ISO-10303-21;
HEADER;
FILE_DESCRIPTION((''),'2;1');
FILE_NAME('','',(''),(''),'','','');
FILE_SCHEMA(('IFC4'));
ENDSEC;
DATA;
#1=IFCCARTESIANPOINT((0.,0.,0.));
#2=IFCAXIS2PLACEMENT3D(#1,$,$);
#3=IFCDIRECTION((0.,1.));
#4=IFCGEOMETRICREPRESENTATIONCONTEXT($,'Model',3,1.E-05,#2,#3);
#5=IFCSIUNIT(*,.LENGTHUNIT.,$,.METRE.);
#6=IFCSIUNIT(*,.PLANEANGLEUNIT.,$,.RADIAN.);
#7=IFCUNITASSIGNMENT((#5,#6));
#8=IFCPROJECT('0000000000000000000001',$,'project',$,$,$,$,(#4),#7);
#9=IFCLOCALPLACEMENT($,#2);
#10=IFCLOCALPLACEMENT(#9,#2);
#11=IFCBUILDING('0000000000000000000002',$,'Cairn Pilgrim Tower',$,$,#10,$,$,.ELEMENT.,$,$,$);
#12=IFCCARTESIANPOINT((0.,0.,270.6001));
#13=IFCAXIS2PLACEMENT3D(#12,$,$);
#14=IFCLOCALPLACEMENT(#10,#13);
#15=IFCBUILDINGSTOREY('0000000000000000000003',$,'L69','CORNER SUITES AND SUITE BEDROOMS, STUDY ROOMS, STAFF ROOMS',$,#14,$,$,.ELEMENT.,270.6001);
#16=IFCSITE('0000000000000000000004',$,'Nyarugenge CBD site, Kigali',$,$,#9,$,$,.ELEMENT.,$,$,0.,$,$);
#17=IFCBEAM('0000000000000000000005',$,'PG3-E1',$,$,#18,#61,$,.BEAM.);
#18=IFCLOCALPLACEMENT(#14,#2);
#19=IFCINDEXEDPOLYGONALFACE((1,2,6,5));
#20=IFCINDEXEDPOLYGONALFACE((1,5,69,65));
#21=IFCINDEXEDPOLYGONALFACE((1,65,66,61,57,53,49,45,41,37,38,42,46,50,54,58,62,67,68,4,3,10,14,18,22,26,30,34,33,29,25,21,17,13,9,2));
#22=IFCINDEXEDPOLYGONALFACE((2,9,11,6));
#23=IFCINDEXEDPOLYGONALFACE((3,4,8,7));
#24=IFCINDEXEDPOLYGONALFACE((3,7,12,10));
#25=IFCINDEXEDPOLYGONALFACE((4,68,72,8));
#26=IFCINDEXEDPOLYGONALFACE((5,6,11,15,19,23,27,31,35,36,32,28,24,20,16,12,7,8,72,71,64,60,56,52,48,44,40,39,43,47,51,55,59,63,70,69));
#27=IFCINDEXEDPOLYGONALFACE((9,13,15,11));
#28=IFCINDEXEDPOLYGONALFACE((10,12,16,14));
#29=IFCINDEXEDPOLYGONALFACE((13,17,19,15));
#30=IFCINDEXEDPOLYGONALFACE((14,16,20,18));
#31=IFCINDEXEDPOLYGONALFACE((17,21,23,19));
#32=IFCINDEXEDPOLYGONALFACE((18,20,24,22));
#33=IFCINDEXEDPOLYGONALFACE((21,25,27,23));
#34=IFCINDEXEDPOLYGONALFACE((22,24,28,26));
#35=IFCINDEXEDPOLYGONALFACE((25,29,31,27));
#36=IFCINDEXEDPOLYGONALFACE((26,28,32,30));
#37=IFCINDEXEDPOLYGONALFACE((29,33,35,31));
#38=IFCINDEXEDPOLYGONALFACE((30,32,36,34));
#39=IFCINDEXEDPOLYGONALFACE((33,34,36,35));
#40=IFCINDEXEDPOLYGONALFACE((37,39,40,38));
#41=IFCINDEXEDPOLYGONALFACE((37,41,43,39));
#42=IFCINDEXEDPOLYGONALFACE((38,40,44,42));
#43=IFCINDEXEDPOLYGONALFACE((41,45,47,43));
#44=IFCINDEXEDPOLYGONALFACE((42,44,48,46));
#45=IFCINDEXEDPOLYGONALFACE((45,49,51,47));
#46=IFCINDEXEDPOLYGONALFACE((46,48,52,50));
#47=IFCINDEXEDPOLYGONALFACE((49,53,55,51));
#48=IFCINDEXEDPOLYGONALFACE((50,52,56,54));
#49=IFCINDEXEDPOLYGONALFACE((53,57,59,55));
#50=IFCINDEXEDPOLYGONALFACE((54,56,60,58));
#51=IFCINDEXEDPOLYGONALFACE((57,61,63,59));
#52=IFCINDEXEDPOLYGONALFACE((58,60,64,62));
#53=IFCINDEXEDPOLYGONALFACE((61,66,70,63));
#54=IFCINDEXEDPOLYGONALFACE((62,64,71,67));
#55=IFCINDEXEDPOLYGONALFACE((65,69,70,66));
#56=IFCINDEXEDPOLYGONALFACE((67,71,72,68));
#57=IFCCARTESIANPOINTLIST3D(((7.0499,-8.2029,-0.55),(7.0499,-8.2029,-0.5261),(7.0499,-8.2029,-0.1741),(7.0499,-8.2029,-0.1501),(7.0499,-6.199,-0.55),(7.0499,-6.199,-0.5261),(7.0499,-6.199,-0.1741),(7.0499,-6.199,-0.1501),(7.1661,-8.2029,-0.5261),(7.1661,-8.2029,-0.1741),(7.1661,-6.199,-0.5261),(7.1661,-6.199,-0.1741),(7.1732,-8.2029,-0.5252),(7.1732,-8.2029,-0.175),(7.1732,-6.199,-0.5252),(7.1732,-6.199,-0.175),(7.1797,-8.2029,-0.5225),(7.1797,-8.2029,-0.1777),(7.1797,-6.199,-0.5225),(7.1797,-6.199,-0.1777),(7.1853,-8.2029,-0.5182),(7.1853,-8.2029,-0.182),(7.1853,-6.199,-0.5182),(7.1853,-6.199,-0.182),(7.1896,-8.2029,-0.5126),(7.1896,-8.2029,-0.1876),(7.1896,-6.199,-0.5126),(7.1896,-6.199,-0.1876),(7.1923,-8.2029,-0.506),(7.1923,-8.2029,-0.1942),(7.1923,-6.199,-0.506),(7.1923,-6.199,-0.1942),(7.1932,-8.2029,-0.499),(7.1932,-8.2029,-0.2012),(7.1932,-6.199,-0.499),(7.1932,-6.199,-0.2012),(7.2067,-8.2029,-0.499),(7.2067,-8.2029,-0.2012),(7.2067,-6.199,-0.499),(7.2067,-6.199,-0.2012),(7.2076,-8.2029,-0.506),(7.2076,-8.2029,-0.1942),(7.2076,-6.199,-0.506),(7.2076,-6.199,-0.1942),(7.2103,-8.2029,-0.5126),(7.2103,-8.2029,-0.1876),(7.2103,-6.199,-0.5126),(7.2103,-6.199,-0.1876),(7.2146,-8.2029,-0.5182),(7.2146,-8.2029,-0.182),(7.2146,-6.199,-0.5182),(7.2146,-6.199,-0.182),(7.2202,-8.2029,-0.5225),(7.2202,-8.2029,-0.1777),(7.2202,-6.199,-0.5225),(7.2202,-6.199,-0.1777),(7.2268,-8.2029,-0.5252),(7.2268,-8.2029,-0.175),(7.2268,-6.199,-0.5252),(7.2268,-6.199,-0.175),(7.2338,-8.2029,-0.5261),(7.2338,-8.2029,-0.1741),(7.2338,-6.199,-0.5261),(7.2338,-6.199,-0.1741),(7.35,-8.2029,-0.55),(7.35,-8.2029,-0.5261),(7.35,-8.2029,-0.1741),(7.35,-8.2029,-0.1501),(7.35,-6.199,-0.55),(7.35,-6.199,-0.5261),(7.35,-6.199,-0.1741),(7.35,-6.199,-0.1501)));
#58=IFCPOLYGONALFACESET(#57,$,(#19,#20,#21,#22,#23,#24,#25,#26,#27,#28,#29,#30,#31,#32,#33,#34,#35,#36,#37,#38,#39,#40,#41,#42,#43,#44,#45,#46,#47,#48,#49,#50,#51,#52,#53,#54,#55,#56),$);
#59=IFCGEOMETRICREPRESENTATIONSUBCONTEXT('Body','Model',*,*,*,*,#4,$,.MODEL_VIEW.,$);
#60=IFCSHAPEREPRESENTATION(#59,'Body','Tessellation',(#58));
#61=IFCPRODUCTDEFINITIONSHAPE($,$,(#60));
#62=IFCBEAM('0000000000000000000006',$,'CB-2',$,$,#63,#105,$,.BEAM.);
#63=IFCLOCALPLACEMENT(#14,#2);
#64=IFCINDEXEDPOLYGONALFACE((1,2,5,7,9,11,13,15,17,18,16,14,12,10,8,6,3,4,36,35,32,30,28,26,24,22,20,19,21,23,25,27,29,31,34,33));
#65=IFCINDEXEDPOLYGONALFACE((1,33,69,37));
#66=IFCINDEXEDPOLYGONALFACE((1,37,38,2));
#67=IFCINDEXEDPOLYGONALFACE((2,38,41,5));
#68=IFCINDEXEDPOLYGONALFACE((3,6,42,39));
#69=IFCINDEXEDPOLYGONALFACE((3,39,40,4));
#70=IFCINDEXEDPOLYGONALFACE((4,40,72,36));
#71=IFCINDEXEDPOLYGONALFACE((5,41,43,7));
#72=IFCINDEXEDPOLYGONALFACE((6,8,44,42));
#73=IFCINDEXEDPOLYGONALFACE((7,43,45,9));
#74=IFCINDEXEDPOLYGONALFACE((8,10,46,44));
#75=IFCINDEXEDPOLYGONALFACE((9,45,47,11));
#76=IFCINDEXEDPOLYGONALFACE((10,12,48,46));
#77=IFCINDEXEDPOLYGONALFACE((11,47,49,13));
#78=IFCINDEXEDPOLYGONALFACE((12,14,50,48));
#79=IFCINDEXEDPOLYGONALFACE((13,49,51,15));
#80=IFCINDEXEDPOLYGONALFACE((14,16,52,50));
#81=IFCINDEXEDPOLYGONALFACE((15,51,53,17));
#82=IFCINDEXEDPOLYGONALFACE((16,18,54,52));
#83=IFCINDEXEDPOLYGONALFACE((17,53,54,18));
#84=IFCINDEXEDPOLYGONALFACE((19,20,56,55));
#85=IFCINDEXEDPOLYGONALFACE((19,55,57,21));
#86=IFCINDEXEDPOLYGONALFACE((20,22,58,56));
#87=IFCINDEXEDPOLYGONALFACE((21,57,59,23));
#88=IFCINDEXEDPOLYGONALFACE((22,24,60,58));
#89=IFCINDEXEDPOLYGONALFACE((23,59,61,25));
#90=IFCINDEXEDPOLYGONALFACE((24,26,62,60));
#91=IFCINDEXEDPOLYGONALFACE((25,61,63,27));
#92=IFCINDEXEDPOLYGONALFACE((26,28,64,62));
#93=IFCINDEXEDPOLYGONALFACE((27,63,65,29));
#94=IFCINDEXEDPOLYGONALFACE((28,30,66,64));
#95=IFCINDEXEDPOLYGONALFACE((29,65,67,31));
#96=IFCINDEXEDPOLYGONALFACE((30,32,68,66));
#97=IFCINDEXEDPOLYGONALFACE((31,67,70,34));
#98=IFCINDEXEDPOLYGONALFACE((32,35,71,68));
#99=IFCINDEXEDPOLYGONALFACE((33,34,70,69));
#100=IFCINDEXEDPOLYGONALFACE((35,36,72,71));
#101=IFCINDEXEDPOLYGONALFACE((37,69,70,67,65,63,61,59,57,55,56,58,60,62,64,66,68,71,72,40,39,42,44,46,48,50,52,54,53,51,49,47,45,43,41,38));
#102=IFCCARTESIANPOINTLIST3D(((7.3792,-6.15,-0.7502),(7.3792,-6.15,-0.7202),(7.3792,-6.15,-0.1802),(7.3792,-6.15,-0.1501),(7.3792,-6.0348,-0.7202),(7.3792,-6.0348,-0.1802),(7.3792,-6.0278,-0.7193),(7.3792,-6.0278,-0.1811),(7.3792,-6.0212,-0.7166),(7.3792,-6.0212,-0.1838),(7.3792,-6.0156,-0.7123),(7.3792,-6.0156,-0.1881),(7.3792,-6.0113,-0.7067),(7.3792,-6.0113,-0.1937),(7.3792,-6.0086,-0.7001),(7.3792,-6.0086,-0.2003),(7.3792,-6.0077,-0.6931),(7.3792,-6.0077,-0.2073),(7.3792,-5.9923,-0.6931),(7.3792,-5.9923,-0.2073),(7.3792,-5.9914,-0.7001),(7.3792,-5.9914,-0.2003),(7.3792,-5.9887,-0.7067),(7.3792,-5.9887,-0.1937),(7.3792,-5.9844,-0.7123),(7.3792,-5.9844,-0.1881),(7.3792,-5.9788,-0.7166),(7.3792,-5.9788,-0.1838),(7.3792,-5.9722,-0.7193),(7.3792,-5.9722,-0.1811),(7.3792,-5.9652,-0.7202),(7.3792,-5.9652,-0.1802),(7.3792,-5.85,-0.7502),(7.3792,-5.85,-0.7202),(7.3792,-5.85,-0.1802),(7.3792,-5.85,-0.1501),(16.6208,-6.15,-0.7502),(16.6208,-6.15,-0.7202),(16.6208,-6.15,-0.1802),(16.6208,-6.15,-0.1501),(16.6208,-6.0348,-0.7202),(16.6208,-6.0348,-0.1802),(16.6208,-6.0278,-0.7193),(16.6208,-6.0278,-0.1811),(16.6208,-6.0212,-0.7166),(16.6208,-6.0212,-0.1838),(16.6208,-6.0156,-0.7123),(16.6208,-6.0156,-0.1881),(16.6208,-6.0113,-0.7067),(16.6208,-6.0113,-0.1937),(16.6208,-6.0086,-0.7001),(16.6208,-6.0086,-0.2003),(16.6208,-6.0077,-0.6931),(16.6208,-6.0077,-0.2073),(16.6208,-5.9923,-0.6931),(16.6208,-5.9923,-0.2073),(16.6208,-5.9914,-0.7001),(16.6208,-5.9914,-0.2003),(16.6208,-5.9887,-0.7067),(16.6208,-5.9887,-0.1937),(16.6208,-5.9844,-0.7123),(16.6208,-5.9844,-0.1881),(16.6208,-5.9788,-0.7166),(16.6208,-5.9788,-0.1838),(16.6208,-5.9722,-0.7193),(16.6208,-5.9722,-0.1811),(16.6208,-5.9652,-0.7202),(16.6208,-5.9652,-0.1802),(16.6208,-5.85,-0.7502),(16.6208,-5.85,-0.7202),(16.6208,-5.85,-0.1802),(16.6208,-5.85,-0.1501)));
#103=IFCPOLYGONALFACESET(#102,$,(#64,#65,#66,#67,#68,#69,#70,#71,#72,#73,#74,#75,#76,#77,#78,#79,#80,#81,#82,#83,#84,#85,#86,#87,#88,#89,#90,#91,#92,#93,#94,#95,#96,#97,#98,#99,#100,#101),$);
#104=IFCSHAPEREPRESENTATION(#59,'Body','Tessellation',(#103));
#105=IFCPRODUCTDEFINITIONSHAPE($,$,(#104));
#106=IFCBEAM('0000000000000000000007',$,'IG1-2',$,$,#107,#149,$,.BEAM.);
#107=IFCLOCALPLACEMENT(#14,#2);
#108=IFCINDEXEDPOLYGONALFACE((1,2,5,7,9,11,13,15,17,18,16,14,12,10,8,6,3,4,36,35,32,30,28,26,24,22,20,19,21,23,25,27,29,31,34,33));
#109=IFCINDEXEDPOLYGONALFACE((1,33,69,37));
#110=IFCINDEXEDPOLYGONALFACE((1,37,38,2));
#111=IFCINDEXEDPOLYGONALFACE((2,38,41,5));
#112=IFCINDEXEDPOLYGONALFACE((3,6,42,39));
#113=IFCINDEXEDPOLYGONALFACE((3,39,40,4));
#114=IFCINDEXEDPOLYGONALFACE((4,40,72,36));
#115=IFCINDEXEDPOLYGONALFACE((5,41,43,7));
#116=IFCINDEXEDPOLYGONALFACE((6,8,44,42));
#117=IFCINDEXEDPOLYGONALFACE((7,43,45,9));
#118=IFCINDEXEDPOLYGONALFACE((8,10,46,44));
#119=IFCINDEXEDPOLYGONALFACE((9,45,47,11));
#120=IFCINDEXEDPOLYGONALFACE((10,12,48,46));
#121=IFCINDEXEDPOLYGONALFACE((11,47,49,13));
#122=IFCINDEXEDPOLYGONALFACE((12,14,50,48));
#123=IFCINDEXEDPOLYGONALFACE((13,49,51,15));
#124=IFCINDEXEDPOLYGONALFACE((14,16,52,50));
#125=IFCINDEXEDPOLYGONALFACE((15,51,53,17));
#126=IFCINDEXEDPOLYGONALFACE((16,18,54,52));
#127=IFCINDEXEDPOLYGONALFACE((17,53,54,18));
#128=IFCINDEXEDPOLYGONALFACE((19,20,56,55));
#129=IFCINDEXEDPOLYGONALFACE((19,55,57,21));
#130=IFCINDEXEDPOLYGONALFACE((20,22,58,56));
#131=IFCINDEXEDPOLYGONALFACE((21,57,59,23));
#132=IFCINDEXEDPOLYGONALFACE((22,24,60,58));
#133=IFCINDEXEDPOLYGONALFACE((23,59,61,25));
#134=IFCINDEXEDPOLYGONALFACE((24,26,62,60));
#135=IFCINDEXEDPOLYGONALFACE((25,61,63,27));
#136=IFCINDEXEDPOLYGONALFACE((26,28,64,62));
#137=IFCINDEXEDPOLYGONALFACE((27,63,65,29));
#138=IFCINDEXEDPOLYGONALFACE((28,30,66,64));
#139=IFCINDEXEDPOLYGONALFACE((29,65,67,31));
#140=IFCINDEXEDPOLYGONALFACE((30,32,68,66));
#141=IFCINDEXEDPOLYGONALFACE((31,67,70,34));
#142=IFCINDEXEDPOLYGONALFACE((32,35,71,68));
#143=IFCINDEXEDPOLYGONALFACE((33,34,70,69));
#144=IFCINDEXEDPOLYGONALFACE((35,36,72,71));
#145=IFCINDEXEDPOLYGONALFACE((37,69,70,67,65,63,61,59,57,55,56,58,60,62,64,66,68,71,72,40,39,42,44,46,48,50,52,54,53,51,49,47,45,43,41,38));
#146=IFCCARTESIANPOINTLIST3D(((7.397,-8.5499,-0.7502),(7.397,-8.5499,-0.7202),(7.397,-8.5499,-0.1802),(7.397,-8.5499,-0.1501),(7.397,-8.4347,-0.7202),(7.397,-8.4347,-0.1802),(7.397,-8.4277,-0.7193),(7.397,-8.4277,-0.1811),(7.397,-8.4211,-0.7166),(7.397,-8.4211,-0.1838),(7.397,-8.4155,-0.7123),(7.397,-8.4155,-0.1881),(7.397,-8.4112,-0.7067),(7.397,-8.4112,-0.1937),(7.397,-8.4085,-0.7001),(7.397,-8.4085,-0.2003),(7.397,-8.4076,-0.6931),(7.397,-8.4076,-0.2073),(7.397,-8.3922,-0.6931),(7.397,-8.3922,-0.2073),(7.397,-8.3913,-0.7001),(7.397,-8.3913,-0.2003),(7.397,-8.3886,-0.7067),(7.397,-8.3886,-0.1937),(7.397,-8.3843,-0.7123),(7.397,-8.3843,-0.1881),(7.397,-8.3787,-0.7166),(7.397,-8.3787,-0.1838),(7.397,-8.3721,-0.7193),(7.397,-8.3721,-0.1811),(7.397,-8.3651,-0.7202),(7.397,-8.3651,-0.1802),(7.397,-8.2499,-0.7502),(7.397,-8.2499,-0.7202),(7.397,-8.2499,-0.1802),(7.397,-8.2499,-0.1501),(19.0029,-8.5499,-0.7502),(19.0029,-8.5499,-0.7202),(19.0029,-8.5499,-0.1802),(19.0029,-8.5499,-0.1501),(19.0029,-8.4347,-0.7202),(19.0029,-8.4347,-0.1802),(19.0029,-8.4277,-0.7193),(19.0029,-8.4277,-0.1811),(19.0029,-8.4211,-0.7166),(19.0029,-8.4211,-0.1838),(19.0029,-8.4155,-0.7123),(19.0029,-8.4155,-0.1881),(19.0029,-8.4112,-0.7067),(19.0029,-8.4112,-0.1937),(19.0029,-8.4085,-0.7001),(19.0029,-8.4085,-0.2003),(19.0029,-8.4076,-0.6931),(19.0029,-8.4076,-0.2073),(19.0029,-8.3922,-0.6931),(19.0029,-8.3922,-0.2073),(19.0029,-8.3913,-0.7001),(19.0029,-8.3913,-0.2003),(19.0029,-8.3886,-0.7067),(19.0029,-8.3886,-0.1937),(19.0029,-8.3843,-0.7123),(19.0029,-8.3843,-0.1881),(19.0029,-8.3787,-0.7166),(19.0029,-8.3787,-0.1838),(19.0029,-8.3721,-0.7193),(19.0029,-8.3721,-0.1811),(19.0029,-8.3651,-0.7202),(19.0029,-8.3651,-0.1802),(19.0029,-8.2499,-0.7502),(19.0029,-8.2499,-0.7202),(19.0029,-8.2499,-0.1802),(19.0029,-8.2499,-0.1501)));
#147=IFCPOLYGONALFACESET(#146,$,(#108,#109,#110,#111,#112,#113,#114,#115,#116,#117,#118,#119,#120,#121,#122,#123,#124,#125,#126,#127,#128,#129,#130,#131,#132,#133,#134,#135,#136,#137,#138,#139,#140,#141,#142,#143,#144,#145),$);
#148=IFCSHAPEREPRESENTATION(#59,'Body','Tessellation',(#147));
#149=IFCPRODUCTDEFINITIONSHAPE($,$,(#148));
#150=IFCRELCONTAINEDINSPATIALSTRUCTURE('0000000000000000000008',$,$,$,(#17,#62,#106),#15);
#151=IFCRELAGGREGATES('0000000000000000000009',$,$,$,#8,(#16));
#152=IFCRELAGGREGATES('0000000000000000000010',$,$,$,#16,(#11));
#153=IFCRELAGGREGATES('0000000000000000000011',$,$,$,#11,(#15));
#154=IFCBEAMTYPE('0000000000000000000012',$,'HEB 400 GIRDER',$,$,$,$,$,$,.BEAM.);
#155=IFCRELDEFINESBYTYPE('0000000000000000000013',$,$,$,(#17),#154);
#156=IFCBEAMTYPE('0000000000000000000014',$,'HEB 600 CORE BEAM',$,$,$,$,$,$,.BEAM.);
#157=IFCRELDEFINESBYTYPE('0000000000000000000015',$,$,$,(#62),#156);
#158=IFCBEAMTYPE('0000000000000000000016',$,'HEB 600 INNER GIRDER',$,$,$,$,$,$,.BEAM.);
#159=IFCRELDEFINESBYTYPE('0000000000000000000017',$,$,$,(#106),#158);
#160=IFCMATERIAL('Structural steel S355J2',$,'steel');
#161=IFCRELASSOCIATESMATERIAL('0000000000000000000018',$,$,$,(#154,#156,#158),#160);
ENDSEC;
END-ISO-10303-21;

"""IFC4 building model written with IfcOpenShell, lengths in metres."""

from ifc_helpers import new_model, si_unit, direction, frame, origin, origin_2d, place, context, subcontext, project, spatial, i_section, extrude, material, material_profile, profile_set, type_object, element, save


model = new_model("IFC4")

# Units and contexts
model_context = context("Model", 3, precision=1e-05, world=origin(), true_north=direction((0.0, 1.0)))
body_context = subcontext(model_context, "Body", "Model", "MODEL_VIEW")
ifc_project = project(units=[si_unit("LENGTHUNIT", "METRE"), si_unit("PLANEANGLEUNIT", "RADIAN")], contexts=[model_context])

# Site, building, storey
site_placement = place(None, origin())
site = spatial("IfcSite", under=ifc_project, at=site_placement, Name="Nyarugenge CBD site, Kigali", CompositionType="ELEMENT", RefElevation=0.0)
building_placement = place(site_placement, origin())
building = spatial("IfcBuilding", under=site, at=building_placement, Name="Cairn Pilgrim Tower", CompositionType="ELEMENT")
storey_placement = place(building_placement, frame((0.0, 0.0, 270.6001)))
storey = spatial("IfcBuildingStorey", under=building, at=storey_placement, Name="L69", Description="CORNER SUITES AND SUITE BEDROOMS, STUDY ROOMS, STAFF ROOMS", CompositionType="ELEMENT", Elevation=270.6001)

# Shared definitions
ifc_material_1 = material(Name="Structural steel S355J2", Category="steel")

# Beams
ifc_material_profile_1 = material_profile(ifc_material_1, i_section(OverallWidth=0.3, OverallDepth=0.3999, WebThickness=0.0134, FlangeThickness=0.0239, FilletRadius=0.0271, at=origin_2d()), Name="HEB 400")
ifc_profile_set_1 = profile_set([ifc_material_profile_1], Name="Structural steel S355J2")
beam_type_1 = type_object("IfcBeamType", Name="HEB 400 GIRDER", PredefinedType="BEAM", material=ifc_profile_set_1)
beam_1_placement = place(storey_placement, frame((7.2, -8.2029, -0.3501), z_axis=(0.0, 1.0, 0.0), x_axis=(-1.0, 0.0, 0.0)))
element("IfcBeam", 1, at=beam_1_placement, inside=storey, type_object=beam_type_1, Name="PG3-E1", PredefinedType="BEAM", context=body_context, shape_type="SweptSolid", body=[
    extrude(i_section(OverallWidth=0.3, OverallDepth=0.3999, WebThickness=0.0134, FlangeThickness=0.0239, FilletRadius=0.0271, at=origin_2d()), origin(), (0.0, 0.0, 1.0), 2.0039),
])
ifc_material_profile_2 = material_profile(ifc_material_1, i_section(OverallWidth=0.3, OverallDepth=0.6001, WebThickness=0.0154, FlangeThickness=0.03, FilletRadius=0.0271, at=origin_2d()), Name="HEB 600")
ifc_profile_set_2 = profile_set([ifc_material_profile_2], Name="Structural steel S355J2")
beam_type_2 = type_object("IfcBeamType", Name="HEB 600 CORE BEAM", PredefinedType="BEAM", material=ifc_profile_set_2)
beam_2_placement = place(storey_placement, frame((7.3792, -6.0, -0.4502), z_axis=(1.0, 0.0, 0.0), x_axis=(0.0, 1.0, 0.0)))
element("IfcBeam", 2, at=beam_2_placement, inside=storey, type_object=beam_type_2, Name="CB-2", PredefinedType="BEAM", context=body_context, shape_type="SweptSolid", body=[
    extrude(i_section(OverallWidth=0.3, OverallDepth=0.6001, WebThickness=0.0154, FlangeThickness=0.03, FilletRadius=0.0271, at=origin_2d()), origin(), (0.0, 0.0, 1.0), 9.2417),
])
ifc_material_profile_3 = material_profile(ifc_material_1, i_section(OverallWidth=0.3, OverallDepth=0.6001, WebThickness=0.0154, FlangeThickness=0.03, FilletRadius=0.0271, at=origin_2d()), Name="HEB 600")
ifc_profile_set_3 = profile_set([ifc_material_profile_3], Name="Structural steel S355J2")
beam_type_3 = type_object("IfcBeamType", Name="HEB 600 INNER GIRDER", PredefinedType="BEAM", material=ifc_profile_set_3)
beam_3_placement = place(storey_placement, frame((7.397, -8.3999, -0.4502), z_axis=(1.0, 0.0, 0.0), x_axis=(0.0, 1.0, 0.0)))
element("IfcBeam", 3, at=beam_3_placement, inside=storey, type_object=beam_type_3, Name="IG1-2", PredefinedType="BEAM", context=body_context, shape_type="SweptSolid", body=[
    extrude(i_section(OverallWidth=0.3, OverallDepth=0.6001, WebThickness=0.0154, FlangeThickness=0.03, FilletRadius=0.0271, at=origin_2d()), origin(), (0.0, 0.0, 1.0), 11.606),
])

save(model, "model.ifc")
